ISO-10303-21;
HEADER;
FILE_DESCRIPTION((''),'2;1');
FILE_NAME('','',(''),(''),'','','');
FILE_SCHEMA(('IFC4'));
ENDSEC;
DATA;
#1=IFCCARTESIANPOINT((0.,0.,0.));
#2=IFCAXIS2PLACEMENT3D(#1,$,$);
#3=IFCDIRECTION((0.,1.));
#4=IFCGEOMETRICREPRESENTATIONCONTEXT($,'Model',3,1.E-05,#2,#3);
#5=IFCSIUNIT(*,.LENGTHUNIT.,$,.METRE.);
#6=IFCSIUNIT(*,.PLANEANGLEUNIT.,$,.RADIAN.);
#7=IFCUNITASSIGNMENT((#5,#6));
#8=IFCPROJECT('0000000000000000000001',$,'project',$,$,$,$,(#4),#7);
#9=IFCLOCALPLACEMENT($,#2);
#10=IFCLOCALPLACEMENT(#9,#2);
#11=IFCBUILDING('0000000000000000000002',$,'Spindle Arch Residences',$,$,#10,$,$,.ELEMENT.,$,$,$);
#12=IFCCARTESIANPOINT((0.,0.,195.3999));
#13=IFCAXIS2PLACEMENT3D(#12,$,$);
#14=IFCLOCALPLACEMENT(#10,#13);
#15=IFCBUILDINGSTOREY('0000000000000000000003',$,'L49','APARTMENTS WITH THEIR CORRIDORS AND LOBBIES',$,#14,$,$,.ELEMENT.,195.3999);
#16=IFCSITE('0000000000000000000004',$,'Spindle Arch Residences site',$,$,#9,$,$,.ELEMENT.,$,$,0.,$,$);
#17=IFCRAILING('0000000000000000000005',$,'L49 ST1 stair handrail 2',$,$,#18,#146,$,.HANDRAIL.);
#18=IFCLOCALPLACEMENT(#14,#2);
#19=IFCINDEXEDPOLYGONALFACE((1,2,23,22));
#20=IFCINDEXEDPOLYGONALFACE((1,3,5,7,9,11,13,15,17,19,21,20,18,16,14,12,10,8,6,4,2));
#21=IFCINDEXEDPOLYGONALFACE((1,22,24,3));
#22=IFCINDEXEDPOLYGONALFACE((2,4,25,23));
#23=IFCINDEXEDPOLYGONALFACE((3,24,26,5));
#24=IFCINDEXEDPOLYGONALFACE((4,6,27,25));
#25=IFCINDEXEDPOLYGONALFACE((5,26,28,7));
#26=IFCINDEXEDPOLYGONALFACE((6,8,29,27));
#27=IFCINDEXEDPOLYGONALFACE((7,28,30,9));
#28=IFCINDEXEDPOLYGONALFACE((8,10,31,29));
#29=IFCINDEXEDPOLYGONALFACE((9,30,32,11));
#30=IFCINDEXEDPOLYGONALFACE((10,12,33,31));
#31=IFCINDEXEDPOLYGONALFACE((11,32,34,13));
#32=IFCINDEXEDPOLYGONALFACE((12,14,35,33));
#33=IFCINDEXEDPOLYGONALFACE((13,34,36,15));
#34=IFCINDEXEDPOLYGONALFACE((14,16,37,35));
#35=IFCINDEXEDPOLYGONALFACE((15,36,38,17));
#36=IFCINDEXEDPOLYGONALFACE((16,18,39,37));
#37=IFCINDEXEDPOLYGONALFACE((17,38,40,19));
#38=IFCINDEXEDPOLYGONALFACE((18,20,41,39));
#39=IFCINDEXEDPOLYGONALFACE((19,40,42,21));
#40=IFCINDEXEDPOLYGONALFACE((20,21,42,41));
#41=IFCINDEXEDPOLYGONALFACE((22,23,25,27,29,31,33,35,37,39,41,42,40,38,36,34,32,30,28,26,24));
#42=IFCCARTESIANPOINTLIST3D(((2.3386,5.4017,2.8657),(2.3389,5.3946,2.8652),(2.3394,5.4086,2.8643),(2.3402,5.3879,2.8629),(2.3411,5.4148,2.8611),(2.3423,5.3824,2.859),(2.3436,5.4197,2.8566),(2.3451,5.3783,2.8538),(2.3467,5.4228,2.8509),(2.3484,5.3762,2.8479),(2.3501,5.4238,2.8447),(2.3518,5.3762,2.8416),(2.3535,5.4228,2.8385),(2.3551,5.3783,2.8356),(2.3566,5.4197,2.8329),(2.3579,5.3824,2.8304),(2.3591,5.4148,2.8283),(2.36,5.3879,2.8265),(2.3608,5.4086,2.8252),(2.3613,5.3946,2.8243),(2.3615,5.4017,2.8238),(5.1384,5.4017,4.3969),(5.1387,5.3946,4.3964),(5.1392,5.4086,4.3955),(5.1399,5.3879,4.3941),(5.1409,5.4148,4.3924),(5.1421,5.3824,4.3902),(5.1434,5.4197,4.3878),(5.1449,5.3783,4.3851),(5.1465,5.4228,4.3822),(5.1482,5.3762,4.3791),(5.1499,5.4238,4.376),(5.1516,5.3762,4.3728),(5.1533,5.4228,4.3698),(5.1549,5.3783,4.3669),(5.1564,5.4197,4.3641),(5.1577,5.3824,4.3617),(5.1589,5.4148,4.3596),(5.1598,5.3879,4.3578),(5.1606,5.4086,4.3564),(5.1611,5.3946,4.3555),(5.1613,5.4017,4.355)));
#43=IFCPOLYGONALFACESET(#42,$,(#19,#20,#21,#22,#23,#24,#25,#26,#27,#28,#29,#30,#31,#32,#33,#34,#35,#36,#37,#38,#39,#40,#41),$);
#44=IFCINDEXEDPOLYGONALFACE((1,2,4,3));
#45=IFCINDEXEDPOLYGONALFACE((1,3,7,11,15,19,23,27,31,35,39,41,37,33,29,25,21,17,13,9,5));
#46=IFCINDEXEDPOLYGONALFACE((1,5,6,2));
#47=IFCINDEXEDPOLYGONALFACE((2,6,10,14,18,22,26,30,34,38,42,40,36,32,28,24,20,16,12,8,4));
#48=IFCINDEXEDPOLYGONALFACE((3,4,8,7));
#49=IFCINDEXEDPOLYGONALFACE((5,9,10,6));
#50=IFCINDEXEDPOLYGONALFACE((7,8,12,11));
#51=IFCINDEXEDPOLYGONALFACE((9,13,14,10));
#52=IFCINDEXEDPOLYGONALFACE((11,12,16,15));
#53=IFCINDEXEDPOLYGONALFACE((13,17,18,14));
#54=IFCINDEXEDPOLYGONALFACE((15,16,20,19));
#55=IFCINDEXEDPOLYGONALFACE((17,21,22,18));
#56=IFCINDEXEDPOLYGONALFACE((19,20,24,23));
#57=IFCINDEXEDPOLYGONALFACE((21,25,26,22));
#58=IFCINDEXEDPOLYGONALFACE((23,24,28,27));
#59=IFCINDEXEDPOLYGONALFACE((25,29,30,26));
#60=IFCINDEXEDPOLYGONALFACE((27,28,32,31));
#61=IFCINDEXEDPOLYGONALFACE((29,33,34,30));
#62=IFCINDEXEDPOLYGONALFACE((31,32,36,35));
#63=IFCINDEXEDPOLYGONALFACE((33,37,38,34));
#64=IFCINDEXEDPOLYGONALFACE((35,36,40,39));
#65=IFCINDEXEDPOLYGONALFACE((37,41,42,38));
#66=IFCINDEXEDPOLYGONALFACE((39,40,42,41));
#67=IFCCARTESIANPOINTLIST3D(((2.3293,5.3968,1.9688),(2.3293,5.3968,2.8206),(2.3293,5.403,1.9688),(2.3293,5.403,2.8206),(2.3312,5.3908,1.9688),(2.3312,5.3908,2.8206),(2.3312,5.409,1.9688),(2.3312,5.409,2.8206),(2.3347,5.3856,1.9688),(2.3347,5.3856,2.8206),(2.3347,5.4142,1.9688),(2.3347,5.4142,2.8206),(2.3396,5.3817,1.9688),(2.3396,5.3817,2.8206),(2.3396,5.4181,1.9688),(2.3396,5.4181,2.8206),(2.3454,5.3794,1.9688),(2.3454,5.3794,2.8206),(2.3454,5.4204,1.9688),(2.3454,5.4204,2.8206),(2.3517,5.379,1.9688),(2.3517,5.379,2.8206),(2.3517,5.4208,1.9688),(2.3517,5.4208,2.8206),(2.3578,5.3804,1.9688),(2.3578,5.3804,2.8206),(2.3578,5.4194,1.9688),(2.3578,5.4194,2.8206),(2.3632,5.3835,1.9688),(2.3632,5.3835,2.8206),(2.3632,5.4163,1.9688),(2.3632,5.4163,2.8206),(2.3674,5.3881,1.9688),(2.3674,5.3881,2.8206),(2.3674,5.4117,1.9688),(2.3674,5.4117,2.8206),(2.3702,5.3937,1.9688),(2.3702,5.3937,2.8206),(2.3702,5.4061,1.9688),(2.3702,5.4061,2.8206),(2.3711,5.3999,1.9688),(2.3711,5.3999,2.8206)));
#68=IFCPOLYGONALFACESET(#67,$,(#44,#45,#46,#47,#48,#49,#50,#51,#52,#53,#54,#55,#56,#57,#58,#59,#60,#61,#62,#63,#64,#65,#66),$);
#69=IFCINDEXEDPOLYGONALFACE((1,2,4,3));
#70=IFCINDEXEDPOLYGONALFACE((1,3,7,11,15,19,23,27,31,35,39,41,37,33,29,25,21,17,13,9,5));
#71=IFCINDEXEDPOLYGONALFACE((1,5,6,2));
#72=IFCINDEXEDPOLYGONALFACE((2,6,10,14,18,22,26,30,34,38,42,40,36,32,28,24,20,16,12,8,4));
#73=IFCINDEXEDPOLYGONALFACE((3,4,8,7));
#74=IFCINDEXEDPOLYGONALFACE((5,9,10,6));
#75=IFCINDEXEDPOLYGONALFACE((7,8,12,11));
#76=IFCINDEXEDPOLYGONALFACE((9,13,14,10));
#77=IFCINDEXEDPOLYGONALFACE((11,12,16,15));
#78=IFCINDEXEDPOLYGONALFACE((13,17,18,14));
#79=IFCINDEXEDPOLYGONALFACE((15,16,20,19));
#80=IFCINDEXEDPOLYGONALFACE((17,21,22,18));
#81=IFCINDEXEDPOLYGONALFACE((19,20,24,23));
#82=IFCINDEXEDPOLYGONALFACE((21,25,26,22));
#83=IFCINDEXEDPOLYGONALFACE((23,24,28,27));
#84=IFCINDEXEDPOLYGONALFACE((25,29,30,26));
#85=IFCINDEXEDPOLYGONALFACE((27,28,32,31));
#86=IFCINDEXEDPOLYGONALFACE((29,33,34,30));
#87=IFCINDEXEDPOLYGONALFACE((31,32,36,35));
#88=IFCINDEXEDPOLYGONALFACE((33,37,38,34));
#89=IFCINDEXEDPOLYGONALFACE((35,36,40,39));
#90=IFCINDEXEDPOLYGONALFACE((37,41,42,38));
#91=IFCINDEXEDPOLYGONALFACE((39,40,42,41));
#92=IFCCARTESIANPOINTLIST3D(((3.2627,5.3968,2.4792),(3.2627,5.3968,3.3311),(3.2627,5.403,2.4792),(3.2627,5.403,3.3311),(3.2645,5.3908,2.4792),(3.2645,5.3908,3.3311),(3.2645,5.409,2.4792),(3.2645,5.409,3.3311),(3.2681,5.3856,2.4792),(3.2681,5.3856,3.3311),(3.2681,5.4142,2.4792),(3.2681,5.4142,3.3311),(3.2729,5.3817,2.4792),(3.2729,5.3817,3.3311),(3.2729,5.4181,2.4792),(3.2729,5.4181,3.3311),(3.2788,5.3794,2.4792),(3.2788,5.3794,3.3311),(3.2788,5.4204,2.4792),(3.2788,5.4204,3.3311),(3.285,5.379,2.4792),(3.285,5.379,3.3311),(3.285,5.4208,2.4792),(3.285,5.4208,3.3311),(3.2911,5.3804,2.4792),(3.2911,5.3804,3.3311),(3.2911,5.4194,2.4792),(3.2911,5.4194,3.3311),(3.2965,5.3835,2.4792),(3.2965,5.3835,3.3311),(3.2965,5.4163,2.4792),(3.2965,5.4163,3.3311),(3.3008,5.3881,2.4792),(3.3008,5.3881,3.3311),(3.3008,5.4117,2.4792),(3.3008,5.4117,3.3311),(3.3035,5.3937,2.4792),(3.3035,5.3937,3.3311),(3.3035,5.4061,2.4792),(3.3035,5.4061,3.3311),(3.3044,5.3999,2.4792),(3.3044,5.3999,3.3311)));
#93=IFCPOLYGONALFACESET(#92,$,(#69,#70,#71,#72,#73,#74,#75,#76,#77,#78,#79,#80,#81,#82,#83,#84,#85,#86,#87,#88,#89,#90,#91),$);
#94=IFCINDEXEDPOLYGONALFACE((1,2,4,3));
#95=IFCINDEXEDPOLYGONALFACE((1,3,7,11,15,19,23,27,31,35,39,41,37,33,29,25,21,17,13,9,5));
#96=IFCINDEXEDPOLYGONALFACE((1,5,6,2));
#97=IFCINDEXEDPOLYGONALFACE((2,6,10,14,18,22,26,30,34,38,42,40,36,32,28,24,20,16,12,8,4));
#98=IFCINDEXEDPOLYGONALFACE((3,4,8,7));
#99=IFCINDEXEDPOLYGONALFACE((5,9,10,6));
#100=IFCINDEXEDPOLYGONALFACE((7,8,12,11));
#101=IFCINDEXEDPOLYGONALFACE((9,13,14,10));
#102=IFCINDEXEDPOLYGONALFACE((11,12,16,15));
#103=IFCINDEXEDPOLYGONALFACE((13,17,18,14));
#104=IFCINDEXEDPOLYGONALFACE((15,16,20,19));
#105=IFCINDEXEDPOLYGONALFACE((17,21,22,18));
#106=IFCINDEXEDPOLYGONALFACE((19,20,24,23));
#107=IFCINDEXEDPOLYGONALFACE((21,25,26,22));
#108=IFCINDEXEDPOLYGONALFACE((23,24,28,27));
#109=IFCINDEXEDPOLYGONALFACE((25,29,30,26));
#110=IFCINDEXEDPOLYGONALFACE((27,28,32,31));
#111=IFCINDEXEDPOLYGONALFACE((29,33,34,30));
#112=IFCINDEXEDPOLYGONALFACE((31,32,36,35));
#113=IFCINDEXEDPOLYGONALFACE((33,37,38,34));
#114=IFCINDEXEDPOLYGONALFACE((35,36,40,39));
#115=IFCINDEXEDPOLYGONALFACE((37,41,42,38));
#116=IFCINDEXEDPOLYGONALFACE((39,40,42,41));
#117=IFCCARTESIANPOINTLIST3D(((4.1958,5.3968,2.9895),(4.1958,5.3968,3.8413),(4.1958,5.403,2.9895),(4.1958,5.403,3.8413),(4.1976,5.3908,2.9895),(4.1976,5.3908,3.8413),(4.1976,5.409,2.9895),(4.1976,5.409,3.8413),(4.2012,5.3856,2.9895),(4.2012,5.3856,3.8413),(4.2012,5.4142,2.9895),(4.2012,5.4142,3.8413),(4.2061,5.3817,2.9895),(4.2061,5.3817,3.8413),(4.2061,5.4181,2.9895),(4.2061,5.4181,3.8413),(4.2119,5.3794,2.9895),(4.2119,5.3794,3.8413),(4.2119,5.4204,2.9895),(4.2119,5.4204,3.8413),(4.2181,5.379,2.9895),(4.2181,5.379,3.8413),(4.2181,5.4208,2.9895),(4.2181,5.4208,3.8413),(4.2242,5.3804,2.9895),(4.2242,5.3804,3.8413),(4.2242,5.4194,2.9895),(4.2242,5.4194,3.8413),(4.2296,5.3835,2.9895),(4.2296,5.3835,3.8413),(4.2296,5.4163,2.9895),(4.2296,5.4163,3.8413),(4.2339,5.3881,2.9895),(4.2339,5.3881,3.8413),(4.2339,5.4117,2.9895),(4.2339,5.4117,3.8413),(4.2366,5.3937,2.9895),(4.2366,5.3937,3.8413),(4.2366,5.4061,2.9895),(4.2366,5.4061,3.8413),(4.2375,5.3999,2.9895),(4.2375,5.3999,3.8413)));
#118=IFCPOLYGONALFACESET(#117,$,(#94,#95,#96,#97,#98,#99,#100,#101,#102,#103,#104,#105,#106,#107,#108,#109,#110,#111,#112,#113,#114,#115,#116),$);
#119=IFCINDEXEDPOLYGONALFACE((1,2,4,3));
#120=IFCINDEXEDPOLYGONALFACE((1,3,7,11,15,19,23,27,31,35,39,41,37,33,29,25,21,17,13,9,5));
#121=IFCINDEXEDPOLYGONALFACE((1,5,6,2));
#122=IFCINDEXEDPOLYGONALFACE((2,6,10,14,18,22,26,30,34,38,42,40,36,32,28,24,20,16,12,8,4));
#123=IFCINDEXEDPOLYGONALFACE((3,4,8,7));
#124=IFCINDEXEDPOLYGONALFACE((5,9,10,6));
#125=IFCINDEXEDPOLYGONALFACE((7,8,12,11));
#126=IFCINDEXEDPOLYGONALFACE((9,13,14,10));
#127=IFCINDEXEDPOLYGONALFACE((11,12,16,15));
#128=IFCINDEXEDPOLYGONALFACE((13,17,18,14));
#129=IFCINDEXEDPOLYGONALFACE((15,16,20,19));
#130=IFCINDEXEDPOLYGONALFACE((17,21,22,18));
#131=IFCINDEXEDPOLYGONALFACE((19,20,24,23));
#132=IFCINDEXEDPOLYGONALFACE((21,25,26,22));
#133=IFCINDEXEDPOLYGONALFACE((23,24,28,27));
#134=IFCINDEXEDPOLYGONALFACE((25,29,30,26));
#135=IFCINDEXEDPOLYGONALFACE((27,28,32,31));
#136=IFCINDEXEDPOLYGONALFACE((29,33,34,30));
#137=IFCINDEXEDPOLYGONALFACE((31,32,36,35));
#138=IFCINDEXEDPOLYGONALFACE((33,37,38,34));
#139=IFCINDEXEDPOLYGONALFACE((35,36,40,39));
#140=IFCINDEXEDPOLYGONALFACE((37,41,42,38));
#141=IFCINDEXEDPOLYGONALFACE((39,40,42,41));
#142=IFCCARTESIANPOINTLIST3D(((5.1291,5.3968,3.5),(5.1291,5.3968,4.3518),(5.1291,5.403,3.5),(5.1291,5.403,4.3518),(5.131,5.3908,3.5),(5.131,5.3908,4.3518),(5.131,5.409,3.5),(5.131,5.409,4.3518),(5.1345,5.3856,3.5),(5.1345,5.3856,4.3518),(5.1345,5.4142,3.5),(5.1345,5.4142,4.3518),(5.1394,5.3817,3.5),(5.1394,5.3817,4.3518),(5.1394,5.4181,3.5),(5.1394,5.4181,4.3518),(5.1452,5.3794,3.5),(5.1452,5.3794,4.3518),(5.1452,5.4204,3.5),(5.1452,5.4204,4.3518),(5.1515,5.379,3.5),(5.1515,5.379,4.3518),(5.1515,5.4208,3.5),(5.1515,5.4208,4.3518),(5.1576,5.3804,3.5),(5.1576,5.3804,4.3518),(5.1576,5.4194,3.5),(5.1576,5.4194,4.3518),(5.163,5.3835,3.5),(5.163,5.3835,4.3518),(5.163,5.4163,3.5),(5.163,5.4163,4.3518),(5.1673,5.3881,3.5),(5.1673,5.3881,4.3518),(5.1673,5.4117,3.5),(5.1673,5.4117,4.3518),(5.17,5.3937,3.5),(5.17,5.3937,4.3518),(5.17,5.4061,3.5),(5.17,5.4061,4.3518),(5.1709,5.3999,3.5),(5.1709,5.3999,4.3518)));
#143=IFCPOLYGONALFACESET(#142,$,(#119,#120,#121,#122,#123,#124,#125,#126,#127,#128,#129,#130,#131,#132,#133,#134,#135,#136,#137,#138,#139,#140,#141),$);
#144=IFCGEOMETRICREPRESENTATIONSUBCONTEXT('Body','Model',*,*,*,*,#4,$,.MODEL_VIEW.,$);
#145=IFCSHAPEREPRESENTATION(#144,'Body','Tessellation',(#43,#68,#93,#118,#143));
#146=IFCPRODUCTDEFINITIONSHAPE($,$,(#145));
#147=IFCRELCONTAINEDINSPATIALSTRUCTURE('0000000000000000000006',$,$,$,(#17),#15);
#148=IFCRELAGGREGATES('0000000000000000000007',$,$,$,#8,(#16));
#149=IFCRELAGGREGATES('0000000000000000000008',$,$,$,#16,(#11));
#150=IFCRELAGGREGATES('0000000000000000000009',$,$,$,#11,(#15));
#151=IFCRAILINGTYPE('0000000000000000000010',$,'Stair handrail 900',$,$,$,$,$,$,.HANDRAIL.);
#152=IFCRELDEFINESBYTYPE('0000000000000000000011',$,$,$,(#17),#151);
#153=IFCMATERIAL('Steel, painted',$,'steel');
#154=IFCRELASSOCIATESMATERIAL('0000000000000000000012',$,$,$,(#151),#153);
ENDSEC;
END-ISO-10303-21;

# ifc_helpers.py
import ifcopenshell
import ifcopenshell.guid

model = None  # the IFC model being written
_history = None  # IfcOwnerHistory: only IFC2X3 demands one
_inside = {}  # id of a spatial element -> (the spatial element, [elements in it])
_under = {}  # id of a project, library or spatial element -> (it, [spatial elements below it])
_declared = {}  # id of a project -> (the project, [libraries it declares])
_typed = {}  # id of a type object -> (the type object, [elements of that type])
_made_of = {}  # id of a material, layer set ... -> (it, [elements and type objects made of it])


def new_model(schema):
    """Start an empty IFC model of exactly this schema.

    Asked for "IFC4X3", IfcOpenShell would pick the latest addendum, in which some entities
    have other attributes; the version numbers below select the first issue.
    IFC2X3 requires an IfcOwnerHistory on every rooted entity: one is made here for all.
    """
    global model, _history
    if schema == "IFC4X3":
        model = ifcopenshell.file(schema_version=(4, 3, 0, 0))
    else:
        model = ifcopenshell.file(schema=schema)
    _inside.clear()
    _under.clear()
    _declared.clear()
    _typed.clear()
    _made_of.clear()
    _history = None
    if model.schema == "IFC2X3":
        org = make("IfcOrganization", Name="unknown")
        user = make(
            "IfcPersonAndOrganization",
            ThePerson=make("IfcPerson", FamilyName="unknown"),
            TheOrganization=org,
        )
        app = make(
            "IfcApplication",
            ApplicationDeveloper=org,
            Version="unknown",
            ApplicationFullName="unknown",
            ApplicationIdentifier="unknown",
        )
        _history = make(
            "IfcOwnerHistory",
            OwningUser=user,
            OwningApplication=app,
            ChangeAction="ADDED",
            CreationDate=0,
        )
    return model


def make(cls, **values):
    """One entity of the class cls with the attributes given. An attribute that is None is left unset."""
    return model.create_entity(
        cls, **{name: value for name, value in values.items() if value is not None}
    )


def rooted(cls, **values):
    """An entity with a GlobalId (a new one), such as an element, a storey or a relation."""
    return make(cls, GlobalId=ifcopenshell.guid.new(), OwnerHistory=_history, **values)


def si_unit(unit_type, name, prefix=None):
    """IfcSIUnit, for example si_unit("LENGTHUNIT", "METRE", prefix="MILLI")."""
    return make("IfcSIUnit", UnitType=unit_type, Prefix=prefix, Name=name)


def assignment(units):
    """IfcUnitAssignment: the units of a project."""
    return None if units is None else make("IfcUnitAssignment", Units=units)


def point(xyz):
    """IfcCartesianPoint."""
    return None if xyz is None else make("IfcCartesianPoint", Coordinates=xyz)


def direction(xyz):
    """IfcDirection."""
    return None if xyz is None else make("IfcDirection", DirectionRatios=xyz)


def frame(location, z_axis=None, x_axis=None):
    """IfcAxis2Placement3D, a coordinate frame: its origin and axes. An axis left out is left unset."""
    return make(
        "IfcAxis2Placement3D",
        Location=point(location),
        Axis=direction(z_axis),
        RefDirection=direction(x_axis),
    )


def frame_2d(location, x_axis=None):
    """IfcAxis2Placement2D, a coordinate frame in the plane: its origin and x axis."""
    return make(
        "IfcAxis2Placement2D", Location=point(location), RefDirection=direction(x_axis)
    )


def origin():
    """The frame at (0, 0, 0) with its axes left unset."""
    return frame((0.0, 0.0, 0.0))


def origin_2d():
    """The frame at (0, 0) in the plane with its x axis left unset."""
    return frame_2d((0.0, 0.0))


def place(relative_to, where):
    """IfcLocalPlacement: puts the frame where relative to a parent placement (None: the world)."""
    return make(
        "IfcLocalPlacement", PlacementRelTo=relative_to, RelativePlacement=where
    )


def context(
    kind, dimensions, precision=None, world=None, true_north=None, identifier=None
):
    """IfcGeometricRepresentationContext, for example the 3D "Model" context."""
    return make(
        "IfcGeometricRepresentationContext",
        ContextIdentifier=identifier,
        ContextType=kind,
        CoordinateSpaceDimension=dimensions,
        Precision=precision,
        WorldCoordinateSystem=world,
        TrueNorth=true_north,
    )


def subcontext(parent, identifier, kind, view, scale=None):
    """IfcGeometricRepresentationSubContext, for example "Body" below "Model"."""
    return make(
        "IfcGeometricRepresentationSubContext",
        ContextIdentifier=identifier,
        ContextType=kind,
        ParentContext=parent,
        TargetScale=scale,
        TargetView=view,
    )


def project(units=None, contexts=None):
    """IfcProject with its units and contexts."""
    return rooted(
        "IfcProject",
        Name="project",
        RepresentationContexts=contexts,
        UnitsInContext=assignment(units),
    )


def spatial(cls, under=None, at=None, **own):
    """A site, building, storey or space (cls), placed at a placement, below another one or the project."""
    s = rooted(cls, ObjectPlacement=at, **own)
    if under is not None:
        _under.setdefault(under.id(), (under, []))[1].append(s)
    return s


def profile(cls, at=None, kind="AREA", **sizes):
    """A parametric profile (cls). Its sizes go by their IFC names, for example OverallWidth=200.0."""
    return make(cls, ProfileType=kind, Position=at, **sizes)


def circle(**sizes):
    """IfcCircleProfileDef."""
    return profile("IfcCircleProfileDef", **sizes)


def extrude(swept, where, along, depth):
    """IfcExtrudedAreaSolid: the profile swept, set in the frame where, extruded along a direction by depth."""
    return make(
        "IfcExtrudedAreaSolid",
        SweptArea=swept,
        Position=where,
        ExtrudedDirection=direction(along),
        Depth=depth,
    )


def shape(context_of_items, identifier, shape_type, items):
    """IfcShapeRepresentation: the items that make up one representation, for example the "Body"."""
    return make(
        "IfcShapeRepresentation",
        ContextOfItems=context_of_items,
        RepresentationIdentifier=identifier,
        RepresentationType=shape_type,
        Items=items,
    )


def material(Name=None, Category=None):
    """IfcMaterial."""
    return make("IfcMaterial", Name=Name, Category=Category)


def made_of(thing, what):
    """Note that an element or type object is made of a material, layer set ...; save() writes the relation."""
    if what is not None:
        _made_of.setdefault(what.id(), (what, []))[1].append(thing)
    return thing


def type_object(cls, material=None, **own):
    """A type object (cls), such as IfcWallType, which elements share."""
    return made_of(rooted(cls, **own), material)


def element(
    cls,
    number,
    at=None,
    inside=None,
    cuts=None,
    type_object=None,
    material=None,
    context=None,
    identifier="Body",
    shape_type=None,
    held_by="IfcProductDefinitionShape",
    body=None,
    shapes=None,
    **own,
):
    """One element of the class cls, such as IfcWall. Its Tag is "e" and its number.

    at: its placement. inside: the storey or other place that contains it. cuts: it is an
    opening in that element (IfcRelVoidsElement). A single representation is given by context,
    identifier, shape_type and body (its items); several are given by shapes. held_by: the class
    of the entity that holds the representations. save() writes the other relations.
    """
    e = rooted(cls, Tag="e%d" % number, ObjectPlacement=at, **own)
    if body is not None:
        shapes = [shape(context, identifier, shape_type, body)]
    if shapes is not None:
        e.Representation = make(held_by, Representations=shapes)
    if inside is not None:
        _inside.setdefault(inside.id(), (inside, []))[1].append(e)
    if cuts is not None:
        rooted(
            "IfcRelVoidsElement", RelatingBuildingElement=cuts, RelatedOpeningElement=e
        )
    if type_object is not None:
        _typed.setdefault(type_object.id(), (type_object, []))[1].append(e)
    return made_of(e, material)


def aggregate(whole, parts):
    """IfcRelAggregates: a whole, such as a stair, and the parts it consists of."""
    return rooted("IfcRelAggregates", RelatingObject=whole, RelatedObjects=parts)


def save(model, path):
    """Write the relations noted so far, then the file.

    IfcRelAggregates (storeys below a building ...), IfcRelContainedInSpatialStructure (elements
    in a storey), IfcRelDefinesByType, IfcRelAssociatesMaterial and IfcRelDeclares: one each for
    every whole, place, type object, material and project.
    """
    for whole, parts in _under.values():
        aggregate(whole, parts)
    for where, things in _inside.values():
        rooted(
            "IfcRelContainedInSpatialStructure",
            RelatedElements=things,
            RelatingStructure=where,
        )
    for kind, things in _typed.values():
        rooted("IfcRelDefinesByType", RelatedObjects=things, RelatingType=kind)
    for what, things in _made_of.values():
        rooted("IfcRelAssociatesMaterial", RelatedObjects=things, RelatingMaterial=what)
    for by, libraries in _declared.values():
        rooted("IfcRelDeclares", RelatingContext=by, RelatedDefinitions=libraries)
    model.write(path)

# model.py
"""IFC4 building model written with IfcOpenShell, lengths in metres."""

from ifc_helpers import new_model, si_unit, direction, frame, origin, origin_2d, place, context, subcontext, project, spatial, circle, extrude, material, type_object, element, save


model = new_model("IFC4")

# Units and contexts
model_context = context("Model", 3, precision=1e-05, world=origin(), true_north=direction((0.0, 1.0)))
body_context = subcontext(model_context, "Body", "Model", "MODEL_VIEW")
ifc_project = project(units=[si_unit("LENGTHUNIT", "METRE"), si_unit("PLANEANGLEUNIT", "RADIAN")], contexts=[model_context])

# Site, building, storey
site_placement = place(None, origin())
site = spatial("IfcSite", under=ifc_project, at=site_placement, Name="Spindle Arch Residences site", CompositionType="ELEMENT", RefElevation=0.0)
building_placement = place(site_placement, origin())
building = spatial("IfcBuilding", under=site, at=building_placement, Name="Spindle Arch Residences", CompositionType="ELEMENT")
storey_placement = place(building_placement, frame((0.0, 0.0, 195.3999)))
storey = spatial("IfcBuildingStorey", under=building, at=storey_placement, Name="L49", Description="APARTMENTS WITH THEIR CORRIDORS AND LOBBIES", CompositionType="ELEMENT", Elevation=195.3999)

# Railing
ifc_material_1 = material(Name="Steel, painted", Category="steel")
railing_type = type_object("IfcRailingType", Name="Stair handrail 900", PredefinedType="HANDRAIL", material=ifc_material_1)
railing_1_placement = place(storey_placement, frame((2.3501, 5.3999, 1.9688)))
element("IfcRailing", 1, at=railing_1_placement, inside=storey, type_object=railing_type, Name="L49 ST1 stair handrail 2", PredefinedType="HANDRAIL", context=body_context, shape_type="SweptSolid", body=[
    extrude(circle(Radius=0.0239, at=origin_2d()), frame((0.0, 0.0, 0.876), z_axis=(0.877357, 0.0, 0.479838), x_axis=(0.0, 1.0, 0.0)), (0.0, 0.0, 1.0), 3.1912),
    extrude(circle(Radius=0.021, at=origin_2d()), origin(), (0.0, 0.0, 1.0), 0.8518),
    extrude(circle(Radius=0.021, at=origin_2d()), frame((0.9333, 0.0, 0.5105)), (0.0, 0.0, 1.0), 0.8518),
    extrude(circle(Radius=0.021, at=origin_2d()), frame((1.8665, 0.0, 1.0208)), (0.0, 0.0, 1.0), 0.8518),
    extrude(circle(Radius=0.021, at=origin_2d()), frame((2.7998, 0.0, 1.5312)), (0.0, 0.0, 1.0), 0.8518),
])

save(model, "model.ifc")
